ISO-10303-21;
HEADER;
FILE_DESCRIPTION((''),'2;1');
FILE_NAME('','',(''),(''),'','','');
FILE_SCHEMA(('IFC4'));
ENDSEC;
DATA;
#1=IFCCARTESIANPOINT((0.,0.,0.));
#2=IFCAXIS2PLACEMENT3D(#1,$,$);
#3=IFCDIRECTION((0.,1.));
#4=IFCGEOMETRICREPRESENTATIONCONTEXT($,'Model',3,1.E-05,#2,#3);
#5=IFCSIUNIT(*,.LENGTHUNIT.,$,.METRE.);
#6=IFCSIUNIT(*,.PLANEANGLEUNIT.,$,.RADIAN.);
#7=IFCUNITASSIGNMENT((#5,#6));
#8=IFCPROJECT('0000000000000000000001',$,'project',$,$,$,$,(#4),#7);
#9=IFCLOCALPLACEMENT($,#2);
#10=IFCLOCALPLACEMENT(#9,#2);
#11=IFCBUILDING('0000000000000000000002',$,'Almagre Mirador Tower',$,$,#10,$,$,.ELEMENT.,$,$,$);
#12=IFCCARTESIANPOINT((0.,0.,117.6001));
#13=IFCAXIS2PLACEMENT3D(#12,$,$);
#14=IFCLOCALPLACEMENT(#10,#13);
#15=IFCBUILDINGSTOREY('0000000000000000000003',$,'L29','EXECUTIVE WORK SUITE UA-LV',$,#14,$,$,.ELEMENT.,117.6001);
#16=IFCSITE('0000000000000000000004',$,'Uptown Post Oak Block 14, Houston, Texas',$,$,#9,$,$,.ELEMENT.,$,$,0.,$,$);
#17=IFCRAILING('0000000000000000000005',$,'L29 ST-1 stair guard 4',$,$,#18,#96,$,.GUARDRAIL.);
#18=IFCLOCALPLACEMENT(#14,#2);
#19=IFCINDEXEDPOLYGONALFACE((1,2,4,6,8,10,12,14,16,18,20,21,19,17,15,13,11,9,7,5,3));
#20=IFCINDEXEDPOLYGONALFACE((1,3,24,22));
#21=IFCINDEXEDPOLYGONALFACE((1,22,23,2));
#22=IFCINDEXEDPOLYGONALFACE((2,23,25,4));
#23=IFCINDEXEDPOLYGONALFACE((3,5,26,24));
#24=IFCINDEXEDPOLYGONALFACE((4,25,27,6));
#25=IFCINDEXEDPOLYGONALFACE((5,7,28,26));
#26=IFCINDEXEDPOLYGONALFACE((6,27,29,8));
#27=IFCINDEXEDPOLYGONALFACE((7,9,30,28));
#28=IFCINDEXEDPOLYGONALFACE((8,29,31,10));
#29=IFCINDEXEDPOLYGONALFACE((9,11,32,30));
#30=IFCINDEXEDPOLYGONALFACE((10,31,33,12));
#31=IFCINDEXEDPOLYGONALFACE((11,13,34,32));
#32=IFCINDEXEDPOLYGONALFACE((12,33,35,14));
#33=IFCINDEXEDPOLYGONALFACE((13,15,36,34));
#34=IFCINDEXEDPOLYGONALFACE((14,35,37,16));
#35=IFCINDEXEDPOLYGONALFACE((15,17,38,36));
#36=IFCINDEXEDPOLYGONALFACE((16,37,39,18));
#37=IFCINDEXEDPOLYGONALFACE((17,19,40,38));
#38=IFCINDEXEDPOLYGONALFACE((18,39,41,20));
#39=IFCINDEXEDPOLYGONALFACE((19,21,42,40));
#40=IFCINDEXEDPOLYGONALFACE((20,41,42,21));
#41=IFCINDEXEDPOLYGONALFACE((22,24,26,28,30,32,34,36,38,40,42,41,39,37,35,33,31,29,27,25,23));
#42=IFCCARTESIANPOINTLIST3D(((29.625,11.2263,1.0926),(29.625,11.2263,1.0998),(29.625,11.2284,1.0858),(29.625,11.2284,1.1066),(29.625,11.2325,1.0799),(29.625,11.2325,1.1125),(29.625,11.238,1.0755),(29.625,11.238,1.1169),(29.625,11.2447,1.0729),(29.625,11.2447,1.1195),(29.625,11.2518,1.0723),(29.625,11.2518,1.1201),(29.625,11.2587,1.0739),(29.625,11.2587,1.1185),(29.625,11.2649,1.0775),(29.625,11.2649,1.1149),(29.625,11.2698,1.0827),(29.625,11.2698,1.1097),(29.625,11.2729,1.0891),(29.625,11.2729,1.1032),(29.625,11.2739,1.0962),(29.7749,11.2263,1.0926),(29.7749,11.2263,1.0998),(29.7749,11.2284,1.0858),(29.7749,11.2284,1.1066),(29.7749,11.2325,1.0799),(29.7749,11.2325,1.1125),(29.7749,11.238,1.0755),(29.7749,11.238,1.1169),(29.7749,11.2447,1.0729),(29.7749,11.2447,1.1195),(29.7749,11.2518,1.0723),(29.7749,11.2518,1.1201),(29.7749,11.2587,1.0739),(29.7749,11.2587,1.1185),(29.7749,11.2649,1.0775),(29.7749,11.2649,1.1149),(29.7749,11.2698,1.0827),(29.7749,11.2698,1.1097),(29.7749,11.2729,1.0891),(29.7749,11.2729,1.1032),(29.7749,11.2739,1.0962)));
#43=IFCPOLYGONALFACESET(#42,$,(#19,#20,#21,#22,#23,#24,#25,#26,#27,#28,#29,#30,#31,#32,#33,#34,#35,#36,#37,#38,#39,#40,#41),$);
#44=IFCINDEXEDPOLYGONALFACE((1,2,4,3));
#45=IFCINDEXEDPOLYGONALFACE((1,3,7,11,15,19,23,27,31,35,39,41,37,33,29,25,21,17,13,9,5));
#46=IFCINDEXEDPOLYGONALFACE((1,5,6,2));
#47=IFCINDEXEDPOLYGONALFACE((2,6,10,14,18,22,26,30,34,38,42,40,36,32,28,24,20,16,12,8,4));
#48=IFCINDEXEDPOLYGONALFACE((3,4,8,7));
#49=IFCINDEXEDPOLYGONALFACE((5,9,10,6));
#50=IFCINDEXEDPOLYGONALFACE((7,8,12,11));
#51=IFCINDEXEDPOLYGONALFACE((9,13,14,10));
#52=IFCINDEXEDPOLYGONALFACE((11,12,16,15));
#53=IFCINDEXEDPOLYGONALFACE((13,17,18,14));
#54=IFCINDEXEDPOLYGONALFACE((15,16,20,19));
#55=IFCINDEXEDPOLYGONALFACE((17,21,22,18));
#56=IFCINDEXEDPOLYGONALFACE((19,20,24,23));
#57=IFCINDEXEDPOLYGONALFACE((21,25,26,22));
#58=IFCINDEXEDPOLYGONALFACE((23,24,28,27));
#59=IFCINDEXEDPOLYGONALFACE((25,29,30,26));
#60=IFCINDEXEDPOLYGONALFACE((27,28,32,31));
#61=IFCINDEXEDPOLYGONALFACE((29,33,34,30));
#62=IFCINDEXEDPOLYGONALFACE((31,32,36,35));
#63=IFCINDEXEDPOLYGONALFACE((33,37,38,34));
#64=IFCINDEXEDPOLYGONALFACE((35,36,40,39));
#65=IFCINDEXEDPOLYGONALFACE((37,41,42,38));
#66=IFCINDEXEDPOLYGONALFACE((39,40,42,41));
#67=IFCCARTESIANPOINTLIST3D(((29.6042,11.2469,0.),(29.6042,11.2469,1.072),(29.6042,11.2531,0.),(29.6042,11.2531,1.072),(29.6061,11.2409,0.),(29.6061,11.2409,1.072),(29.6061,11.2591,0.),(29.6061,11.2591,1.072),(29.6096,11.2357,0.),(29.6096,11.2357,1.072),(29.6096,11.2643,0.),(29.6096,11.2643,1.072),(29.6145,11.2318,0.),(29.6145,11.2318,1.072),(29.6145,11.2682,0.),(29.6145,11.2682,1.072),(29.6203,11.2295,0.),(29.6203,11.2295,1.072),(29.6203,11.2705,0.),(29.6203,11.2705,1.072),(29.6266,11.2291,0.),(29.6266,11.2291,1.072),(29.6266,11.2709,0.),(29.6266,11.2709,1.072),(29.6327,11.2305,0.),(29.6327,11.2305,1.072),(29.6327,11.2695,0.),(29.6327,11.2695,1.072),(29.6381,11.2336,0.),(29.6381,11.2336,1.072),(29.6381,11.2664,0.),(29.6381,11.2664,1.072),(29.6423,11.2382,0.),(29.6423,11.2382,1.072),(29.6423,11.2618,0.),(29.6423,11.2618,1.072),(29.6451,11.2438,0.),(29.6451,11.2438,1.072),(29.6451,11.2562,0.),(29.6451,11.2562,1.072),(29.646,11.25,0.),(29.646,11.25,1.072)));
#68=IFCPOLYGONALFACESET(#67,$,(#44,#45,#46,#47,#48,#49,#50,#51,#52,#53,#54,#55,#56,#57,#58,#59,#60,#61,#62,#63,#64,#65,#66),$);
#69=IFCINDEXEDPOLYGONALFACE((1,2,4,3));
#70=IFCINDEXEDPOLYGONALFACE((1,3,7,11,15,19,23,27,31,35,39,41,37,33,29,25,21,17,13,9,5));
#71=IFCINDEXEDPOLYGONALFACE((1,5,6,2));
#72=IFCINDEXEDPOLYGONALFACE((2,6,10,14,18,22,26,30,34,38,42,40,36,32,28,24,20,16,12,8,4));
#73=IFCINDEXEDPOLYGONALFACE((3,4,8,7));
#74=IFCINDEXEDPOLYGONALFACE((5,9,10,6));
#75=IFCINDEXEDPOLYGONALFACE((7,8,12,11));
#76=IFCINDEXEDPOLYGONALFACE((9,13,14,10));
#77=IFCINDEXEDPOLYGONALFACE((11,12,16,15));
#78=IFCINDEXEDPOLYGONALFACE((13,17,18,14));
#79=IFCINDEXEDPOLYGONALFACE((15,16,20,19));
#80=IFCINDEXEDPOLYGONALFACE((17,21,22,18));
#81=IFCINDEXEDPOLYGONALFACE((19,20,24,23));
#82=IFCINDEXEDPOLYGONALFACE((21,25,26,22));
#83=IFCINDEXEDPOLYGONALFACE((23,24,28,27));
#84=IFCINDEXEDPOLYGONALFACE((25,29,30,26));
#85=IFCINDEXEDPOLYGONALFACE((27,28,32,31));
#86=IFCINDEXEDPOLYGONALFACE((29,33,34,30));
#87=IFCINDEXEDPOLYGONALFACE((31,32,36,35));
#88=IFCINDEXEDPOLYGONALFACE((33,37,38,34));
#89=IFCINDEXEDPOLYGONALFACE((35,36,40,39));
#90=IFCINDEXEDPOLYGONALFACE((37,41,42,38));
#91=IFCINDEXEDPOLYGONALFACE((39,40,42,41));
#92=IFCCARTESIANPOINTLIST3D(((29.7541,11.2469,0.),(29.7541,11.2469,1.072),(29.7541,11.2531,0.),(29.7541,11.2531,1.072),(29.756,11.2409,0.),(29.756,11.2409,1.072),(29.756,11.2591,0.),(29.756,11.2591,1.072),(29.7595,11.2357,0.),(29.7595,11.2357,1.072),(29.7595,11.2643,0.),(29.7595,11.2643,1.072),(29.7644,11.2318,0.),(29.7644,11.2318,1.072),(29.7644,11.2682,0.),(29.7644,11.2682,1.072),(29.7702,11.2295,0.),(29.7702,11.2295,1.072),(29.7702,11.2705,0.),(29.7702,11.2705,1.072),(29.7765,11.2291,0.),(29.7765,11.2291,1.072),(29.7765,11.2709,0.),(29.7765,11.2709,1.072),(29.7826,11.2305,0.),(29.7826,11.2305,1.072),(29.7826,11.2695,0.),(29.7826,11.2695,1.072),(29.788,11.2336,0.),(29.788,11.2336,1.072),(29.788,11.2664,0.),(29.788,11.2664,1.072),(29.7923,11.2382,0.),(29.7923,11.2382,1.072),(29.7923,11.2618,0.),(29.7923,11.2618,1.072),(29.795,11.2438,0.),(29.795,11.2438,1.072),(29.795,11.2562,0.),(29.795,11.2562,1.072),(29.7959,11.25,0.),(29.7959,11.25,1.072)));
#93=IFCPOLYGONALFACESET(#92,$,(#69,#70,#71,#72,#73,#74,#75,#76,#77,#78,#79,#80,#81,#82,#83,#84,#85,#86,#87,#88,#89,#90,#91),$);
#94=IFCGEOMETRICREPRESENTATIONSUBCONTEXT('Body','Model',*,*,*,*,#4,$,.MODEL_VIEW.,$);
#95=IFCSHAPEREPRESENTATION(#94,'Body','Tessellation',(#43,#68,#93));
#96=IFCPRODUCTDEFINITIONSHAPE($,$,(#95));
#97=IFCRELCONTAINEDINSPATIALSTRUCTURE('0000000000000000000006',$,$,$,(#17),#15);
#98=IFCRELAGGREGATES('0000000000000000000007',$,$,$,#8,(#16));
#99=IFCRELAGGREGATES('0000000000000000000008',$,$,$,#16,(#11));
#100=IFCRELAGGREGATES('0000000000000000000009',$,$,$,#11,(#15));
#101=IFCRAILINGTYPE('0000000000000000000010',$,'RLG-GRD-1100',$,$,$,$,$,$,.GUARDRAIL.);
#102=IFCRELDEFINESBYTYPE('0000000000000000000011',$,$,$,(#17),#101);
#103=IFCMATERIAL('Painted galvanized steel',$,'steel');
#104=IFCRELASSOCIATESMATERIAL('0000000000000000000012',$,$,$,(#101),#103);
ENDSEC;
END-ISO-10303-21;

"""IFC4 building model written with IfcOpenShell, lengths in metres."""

from ifc_helpers import new_model, si_unit, direction, frame, origin, origin_2d, place, context, subcontext, project, spatial, circle, extrude, material, type_object, element, save


model = new_model("IFC4")

# Units and contexts
model_context = context("Model", 3, precision=1e-05, world=origin(), true_north=direction((0.0, 1.0)))
body_context = subcontext(model_context, "Body", "Model", "MODEL_VIEW")
ifc_project = project(units=[si_unit("LENGTHUNIT", "METRE"), si_unit("PLANEANGLEUNIT", "RADIAN")], contexts=[model_context])

# Site, building, storey
site_placement = place(None, origin())
site = spatial("IfcSite", under=ifc_project, at=site_placement, Name="Uptown Post Oak Block 14, Houston, Texas", CompositionType="ELEMENT", RefElevation=0.0)
building_placement = place(site_placement, origin())
building = spatial("IfcBuilding", under=site, at=building_placement, Name="Almagre Mirador Tower", CompositionType="ELEMENT")
storey_placement = place(building_placement, frame((0.0, 0.0, 117.6001)))
storey = spatial("IfcBuildingStorey", under=building, at=storey_placement, Name="L29", Description="EXECUTIVE WORK SUITE UA-LV", CompositionType="ELEMENT", Elevation=117.6001)

# Railing
ifc_material_1 = material(Name="Painted galvanized steel", Category="steel")
railing_type_1 = type_object("IfcRailingType", Name="RLG-GRD-1100", PredefinedType="GUARDRAIL", material=ifc_material_1)
railing_1_placement = place(storey_placement, frame((29.625, 11.25, 0.0)))
element("IfcRailing", 1, at=railing_1_placement, inside=storey, type_object=railing_type_1, Name="L29 ST-1 stair guard 4", PredefinedType="GUARDRAIL", context=body_context, shape_type="SweptSolid", body=[
    extrude(circle(Radius=0.0239, at=origin_2d()), frame((0.0, 0.0, 1.0962), z_axis=(1.0, 0.0, 0.0), x_axis=(0.0, 1.0, 0.0)), (0.0, 0.0, 1.0), 0.1499),
    extrude(circle(Radius=0.021, at=origin_2d()), origin(), (0.0, 0.0, 1.0), 1.072),
    extrude(circle(Radius=0.021, at=origin_2d()), frame((0.1499, 0.0, 0.0)), (0.0, 0.0, 1.0), 1.072),
])

save(model, "model.ifc")
